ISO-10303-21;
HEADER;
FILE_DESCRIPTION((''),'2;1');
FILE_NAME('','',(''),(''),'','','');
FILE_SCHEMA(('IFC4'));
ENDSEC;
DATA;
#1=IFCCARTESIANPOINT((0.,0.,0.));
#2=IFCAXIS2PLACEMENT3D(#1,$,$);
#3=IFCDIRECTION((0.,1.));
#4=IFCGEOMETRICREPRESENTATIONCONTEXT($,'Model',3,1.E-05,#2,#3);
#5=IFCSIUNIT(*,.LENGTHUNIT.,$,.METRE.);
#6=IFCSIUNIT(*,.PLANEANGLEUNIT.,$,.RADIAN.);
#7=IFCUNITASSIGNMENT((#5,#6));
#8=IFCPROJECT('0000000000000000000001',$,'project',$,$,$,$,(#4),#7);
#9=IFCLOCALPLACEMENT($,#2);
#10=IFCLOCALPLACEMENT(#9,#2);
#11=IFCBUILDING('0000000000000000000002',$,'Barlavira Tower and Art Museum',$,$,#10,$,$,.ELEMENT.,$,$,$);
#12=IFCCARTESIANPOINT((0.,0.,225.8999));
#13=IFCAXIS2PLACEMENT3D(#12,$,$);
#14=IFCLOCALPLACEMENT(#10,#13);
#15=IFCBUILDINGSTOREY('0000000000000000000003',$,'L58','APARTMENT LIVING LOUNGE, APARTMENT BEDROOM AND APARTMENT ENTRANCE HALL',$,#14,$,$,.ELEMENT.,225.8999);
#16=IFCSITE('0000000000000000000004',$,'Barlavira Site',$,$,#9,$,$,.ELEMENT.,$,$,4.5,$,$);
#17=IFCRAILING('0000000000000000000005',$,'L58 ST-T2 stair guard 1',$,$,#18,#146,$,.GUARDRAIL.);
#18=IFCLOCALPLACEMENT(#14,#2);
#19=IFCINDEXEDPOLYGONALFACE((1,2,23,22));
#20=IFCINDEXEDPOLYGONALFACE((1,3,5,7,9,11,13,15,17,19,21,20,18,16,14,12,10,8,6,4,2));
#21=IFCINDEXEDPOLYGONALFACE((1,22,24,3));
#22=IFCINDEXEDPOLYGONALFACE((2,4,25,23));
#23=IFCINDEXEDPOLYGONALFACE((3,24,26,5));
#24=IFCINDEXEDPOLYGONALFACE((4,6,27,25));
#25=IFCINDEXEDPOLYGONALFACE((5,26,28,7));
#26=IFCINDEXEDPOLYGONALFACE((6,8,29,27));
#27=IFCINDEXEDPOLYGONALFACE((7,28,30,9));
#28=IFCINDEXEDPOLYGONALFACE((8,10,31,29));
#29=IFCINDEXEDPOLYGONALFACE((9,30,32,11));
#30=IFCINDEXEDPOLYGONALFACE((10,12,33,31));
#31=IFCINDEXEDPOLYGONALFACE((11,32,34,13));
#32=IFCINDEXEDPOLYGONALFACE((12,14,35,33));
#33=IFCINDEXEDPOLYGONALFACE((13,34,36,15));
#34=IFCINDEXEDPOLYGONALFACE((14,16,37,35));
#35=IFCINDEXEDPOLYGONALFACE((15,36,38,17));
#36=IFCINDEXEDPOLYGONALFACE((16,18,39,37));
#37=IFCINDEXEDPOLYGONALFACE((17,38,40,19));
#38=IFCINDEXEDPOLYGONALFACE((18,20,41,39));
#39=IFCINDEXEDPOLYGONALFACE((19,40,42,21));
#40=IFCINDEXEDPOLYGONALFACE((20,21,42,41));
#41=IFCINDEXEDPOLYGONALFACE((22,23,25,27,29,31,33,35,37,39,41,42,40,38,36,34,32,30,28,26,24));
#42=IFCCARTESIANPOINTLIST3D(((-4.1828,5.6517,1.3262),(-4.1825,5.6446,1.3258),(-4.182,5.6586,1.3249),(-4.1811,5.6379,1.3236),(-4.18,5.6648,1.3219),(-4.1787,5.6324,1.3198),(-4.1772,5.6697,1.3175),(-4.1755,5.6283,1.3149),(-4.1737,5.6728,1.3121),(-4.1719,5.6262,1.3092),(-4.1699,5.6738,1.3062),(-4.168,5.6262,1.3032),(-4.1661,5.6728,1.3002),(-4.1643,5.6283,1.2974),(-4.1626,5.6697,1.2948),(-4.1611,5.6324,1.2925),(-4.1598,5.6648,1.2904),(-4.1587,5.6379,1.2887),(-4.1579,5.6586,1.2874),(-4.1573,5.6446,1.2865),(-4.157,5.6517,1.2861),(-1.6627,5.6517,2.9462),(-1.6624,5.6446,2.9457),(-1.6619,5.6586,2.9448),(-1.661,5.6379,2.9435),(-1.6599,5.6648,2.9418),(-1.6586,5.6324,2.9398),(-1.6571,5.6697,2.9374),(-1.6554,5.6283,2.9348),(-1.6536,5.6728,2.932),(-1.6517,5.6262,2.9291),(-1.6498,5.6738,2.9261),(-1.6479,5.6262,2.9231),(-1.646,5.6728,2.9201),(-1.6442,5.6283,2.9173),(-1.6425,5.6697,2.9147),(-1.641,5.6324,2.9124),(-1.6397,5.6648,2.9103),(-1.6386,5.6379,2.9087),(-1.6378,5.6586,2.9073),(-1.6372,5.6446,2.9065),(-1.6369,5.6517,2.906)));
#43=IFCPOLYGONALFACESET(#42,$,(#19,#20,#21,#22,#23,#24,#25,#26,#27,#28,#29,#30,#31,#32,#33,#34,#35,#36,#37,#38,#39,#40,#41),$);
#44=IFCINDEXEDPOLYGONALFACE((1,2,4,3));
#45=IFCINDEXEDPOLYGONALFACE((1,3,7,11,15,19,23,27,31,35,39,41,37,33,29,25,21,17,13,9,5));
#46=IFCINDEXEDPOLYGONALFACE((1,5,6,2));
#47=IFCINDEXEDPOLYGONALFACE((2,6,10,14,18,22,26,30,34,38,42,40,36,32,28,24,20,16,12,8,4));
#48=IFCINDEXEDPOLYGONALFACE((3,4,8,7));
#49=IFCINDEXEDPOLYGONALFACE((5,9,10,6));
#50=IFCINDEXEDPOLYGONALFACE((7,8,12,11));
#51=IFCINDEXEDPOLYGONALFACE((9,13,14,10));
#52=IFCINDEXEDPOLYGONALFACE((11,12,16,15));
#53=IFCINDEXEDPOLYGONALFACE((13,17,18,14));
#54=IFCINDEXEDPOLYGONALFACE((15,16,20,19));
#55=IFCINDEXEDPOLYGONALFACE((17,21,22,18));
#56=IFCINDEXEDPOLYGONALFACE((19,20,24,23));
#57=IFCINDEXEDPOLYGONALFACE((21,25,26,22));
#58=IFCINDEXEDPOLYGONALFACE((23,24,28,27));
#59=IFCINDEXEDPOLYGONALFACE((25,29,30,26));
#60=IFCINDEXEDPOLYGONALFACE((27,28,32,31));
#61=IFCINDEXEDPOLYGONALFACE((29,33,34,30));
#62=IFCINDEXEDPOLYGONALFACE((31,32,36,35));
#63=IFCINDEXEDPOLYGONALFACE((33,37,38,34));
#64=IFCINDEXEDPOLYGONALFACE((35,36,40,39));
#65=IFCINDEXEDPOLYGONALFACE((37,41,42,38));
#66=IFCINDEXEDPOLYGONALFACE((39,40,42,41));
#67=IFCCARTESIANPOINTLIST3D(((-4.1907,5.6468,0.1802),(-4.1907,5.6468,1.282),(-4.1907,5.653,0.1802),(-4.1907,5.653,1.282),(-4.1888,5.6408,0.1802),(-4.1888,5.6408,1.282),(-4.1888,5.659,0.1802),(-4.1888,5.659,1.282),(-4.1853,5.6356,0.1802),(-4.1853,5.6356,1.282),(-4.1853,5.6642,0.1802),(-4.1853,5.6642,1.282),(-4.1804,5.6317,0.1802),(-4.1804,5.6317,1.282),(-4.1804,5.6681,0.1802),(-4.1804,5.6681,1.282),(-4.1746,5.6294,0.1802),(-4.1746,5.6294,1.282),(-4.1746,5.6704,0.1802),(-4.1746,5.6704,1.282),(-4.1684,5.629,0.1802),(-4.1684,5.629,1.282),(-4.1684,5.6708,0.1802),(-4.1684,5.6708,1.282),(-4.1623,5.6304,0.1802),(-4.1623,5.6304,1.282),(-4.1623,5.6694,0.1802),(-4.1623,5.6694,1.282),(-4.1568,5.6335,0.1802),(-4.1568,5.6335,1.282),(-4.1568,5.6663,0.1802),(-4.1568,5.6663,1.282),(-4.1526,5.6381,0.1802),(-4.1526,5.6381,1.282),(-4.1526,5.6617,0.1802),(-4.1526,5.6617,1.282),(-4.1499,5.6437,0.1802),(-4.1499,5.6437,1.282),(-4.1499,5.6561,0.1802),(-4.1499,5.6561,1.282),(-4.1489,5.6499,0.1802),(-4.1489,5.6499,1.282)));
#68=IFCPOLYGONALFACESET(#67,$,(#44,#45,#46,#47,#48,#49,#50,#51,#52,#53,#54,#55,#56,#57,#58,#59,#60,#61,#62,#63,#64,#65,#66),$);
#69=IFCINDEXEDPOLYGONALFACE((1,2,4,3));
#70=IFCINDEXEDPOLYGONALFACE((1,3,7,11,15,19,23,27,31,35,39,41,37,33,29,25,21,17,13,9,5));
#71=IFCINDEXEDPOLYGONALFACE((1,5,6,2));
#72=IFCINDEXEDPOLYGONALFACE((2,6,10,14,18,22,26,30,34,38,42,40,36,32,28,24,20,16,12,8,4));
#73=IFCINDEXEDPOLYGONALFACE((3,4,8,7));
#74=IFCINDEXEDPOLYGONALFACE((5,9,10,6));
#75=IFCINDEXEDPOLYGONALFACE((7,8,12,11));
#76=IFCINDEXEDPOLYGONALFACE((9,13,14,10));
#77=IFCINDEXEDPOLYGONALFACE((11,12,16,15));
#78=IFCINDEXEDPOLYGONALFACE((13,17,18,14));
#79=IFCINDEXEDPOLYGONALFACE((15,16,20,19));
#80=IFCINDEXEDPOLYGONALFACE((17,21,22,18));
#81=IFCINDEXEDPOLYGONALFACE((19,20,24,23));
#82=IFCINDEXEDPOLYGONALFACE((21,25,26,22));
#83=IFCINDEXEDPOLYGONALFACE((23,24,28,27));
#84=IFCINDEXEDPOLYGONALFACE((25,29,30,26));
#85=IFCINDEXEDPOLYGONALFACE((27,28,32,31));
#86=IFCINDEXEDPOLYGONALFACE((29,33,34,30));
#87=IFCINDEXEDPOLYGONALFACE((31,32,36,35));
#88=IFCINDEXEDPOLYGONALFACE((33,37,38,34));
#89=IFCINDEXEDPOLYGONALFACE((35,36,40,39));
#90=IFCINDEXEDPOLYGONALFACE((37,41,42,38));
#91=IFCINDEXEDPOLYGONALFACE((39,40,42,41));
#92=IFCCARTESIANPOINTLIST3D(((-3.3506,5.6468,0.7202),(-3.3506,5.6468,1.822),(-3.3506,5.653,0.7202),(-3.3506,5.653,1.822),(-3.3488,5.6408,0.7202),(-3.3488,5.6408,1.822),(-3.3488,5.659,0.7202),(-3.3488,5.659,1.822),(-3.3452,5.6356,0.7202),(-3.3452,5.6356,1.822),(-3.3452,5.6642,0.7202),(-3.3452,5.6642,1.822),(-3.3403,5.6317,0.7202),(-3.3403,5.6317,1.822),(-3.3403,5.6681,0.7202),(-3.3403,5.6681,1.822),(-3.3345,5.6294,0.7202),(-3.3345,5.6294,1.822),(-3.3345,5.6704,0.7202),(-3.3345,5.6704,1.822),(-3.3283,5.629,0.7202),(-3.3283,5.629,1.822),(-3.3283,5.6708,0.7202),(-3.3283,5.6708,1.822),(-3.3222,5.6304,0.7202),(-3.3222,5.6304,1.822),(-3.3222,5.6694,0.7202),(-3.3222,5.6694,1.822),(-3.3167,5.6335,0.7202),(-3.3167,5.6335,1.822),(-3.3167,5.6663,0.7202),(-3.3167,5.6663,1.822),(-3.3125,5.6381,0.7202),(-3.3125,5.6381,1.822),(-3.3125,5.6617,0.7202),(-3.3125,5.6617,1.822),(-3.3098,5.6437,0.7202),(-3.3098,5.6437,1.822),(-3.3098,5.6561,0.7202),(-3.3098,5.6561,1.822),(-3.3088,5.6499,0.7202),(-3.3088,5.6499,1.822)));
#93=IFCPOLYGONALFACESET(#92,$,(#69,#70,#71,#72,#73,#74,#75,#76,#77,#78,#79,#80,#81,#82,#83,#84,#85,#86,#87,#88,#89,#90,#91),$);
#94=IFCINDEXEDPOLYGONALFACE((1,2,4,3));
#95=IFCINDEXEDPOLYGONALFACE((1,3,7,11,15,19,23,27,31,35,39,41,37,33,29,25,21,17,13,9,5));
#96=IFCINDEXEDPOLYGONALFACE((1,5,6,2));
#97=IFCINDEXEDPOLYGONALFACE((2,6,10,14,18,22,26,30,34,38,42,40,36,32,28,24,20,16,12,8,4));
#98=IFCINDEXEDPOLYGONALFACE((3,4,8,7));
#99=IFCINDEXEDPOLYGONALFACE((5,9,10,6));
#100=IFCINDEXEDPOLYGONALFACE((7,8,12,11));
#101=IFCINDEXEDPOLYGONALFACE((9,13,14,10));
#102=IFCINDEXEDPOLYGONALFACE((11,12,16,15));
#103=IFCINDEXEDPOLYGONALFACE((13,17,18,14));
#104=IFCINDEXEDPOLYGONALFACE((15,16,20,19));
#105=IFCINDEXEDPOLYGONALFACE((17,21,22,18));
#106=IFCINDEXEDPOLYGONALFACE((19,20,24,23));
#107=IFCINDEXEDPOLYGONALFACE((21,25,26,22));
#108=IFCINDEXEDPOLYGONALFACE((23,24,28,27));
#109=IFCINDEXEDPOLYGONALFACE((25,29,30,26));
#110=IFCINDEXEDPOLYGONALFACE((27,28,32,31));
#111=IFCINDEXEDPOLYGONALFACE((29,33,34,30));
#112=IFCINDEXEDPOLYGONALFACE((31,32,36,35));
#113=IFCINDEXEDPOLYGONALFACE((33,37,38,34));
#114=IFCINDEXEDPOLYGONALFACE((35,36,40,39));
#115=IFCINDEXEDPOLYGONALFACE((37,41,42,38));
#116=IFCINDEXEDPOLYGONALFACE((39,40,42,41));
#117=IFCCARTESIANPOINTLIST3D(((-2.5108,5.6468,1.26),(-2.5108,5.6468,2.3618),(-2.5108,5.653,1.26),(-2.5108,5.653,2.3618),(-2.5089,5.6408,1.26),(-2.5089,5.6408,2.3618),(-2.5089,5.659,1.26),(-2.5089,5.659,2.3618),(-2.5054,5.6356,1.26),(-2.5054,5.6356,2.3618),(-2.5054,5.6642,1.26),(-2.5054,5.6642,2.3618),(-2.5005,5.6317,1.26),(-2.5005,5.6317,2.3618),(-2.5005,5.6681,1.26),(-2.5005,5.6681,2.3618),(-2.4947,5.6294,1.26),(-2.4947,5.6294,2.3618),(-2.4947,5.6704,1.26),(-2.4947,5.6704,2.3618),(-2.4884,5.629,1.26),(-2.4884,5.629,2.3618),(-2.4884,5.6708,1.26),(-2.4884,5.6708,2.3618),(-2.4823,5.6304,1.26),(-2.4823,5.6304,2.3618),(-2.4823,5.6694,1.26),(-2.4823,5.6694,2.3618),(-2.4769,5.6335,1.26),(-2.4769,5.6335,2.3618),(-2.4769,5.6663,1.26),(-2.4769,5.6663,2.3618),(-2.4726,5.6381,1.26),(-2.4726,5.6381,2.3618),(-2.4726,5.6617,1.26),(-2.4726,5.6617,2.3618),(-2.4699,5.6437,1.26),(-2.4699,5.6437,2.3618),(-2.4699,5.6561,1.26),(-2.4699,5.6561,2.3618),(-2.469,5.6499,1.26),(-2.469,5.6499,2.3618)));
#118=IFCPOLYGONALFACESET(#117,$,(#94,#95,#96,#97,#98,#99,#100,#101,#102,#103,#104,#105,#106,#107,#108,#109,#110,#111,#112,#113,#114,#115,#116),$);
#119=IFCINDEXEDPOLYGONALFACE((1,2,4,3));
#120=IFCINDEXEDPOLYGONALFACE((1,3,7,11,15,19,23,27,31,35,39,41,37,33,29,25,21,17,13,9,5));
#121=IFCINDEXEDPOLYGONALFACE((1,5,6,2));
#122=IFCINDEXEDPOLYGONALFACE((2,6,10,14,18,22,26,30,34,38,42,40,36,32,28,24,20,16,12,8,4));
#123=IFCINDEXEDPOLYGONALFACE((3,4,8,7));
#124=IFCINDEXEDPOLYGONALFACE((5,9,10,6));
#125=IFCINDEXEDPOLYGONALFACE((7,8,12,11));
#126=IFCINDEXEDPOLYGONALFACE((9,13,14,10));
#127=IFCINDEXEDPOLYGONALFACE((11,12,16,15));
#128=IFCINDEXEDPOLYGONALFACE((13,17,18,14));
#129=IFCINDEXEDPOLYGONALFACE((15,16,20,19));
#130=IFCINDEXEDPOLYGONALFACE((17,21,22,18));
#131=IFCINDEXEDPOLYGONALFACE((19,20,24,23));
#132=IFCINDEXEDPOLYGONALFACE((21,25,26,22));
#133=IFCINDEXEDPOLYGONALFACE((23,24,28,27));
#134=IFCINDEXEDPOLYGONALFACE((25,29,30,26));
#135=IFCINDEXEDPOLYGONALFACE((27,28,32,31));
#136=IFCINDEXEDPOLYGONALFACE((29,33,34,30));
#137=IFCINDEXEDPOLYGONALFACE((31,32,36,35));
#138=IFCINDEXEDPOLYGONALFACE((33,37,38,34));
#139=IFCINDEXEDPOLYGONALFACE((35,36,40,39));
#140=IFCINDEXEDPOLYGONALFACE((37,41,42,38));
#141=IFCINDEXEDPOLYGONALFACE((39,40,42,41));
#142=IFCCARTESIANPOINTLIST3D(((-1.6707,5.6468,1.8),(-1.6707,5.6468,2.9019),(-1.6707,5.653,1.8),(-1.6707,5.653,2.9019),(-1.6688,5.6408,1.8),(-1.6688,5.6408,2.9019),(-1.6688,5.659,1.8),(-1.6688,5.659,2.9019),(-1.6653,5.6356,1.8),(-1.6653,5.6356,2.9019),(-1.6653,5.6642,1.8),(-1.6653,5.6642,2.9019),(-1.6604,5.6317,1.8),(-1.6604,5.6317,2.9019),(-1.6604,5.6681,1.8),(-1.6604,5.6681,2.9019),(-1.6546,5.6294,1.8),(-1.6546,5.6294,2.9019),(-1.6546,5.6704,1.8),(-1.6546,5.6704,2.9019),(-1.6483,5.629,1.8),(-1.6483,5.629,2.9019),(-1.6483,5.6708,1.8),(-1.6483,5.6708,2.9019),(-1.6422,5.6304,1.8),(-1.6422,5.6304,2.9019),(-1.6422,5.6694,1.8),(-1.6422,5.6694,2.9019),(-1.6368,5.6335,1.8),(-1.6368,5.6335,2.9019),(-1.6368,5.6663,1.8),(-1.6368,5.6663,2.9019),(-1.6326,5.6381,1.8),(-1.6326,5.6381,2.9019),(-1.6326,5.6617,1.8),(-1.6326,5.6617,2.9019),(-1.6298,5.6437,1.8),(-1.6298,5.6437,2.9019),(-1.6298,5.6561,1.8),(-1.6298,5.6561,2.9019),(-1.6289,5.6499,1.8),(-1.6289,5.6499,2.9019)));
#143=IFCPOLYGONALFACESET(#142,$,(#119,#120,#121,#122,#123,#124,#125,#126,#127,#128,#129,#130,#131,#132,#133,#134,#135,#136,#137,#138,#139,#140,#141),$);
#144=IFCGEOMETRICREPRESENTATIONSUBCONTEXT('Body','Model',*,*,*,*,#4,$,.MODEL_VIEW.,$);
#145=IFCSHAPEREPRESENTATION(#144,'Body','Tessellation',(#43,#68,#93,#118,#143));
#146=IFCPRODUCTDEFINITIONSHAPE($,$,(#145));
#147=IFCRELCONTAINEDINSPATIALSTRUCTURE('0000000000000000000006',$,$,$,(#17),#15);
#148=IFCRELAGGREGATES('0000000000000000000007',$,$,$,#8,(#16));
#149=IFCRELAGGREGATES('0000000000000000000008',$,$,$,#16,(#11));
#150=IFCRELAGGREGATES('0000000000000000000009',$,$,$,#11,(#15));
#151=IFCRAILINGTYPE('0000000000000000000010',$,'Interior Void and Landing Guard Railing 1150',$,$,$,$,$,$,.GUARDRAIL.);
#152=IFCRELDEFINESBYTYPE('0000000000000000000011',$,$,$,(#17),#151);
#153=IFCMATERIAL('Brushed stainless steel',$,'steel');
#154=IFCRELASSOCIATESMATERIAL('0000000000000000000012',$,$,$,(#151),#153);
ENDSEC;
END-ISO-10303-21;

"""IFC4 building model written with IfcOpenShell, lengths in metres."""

from ifc_helpers import new_model, si_unit, direction, frame, origin, origin_2d, place, context, subcontext, project, spatial, circle, extrude, material, type_object, element, save


model = new_model("IFC4")

# Units and contexts
model_context = context("Model", 3, precision=1e-05, world=origin(), true_north=direction((0.0, 1.0)))
body_context = subcontext(model_context, "Body", "Model", "MODEL_VIEW")
ifc_project = project(units=[si_unit("LENGTHUNIT", "METRE"), si_unit("PLANEANGLEUNIT", "RADIAN")], contexts=[model_context])

# Site, building, storey
site_placement = place(None, origin())
site = spatial("IfcSite", under=ifc_project, at=site_placement, Name="Barlavira Site", CompositionType="ELEMENT", RefElevation=4.5)
building_placement = place(site_placement, origin())
building = spatial("IfcBuilding", under=site, at=building_placement, Name="Barlavira Tower and Art Museum", CompositionType="ELEMENT")
storey_placement = place(building_placement, frame((0.0, 0.0, 225.8999)))
storey = spatial("IfcBuildingStorey", under=building, at=storey_placement, Name="L58", Description="APARTMENT LIVING LOUNGE, APARTMENT BEDROOM AND APARTMENT ENTRANCE HALL", CompositionType="ELEMENT", Elevation=225.8999)

# Shared definitions
ifc_material_1 = material(Name="Brushed stainless steel", Category="steel")

# Railing
railing_type_1 = type_object("IfcRailingType", Name="Interior Void and Landing Guard Railing 1150", PredefinedType="GUARDRAIL", material=ifc_material_1)
railing_1_placement = place(storey_placement, frame((-4.1699, 5.6499, 0.1802)))
element("IfcRailing", 1, at=railing_1_placement, inside=storey, type_object=railing_type_1, Name="L58 ST-T2 stair guard 1", PredefinedType="GUARDRAIL", context=body_context, shape_type="SweptSolid", body=[
    extrude(circle(Radius=0.0239, at=origin_2d()), frame((0.0, 0.0, 1.126), z_axis=(0.8412, 0.0, 0.540725), x_axis=(0.0, 1.0, 0.0)), (0.0, 0.0, 1.0), 2.9958),
    extrude(circle(Radius=0.021, at=origin_2d()), origin(), (0.0, 0.0, 1.0), 1.1018),
    extrude(circle(Radius=0.021, at=origin_2d()), frame((0.8401, 0.0, 0.54)), (0.0, 0.0, 1.0), 1.1018),
    extrude(circle(Radius=0.021, at=origin_2d()), frame((1.6799, 0.0, 1.0798)), (0.0, 0.0, 1.0), 1.1018),
    extrude(circle(Radius=0.021, at=origin_2d()), frame((2.52, 0.0, 1.6199)), (0.0, 0.0, 1.0), 1.1018),
])

save(model, "model.ifc")
